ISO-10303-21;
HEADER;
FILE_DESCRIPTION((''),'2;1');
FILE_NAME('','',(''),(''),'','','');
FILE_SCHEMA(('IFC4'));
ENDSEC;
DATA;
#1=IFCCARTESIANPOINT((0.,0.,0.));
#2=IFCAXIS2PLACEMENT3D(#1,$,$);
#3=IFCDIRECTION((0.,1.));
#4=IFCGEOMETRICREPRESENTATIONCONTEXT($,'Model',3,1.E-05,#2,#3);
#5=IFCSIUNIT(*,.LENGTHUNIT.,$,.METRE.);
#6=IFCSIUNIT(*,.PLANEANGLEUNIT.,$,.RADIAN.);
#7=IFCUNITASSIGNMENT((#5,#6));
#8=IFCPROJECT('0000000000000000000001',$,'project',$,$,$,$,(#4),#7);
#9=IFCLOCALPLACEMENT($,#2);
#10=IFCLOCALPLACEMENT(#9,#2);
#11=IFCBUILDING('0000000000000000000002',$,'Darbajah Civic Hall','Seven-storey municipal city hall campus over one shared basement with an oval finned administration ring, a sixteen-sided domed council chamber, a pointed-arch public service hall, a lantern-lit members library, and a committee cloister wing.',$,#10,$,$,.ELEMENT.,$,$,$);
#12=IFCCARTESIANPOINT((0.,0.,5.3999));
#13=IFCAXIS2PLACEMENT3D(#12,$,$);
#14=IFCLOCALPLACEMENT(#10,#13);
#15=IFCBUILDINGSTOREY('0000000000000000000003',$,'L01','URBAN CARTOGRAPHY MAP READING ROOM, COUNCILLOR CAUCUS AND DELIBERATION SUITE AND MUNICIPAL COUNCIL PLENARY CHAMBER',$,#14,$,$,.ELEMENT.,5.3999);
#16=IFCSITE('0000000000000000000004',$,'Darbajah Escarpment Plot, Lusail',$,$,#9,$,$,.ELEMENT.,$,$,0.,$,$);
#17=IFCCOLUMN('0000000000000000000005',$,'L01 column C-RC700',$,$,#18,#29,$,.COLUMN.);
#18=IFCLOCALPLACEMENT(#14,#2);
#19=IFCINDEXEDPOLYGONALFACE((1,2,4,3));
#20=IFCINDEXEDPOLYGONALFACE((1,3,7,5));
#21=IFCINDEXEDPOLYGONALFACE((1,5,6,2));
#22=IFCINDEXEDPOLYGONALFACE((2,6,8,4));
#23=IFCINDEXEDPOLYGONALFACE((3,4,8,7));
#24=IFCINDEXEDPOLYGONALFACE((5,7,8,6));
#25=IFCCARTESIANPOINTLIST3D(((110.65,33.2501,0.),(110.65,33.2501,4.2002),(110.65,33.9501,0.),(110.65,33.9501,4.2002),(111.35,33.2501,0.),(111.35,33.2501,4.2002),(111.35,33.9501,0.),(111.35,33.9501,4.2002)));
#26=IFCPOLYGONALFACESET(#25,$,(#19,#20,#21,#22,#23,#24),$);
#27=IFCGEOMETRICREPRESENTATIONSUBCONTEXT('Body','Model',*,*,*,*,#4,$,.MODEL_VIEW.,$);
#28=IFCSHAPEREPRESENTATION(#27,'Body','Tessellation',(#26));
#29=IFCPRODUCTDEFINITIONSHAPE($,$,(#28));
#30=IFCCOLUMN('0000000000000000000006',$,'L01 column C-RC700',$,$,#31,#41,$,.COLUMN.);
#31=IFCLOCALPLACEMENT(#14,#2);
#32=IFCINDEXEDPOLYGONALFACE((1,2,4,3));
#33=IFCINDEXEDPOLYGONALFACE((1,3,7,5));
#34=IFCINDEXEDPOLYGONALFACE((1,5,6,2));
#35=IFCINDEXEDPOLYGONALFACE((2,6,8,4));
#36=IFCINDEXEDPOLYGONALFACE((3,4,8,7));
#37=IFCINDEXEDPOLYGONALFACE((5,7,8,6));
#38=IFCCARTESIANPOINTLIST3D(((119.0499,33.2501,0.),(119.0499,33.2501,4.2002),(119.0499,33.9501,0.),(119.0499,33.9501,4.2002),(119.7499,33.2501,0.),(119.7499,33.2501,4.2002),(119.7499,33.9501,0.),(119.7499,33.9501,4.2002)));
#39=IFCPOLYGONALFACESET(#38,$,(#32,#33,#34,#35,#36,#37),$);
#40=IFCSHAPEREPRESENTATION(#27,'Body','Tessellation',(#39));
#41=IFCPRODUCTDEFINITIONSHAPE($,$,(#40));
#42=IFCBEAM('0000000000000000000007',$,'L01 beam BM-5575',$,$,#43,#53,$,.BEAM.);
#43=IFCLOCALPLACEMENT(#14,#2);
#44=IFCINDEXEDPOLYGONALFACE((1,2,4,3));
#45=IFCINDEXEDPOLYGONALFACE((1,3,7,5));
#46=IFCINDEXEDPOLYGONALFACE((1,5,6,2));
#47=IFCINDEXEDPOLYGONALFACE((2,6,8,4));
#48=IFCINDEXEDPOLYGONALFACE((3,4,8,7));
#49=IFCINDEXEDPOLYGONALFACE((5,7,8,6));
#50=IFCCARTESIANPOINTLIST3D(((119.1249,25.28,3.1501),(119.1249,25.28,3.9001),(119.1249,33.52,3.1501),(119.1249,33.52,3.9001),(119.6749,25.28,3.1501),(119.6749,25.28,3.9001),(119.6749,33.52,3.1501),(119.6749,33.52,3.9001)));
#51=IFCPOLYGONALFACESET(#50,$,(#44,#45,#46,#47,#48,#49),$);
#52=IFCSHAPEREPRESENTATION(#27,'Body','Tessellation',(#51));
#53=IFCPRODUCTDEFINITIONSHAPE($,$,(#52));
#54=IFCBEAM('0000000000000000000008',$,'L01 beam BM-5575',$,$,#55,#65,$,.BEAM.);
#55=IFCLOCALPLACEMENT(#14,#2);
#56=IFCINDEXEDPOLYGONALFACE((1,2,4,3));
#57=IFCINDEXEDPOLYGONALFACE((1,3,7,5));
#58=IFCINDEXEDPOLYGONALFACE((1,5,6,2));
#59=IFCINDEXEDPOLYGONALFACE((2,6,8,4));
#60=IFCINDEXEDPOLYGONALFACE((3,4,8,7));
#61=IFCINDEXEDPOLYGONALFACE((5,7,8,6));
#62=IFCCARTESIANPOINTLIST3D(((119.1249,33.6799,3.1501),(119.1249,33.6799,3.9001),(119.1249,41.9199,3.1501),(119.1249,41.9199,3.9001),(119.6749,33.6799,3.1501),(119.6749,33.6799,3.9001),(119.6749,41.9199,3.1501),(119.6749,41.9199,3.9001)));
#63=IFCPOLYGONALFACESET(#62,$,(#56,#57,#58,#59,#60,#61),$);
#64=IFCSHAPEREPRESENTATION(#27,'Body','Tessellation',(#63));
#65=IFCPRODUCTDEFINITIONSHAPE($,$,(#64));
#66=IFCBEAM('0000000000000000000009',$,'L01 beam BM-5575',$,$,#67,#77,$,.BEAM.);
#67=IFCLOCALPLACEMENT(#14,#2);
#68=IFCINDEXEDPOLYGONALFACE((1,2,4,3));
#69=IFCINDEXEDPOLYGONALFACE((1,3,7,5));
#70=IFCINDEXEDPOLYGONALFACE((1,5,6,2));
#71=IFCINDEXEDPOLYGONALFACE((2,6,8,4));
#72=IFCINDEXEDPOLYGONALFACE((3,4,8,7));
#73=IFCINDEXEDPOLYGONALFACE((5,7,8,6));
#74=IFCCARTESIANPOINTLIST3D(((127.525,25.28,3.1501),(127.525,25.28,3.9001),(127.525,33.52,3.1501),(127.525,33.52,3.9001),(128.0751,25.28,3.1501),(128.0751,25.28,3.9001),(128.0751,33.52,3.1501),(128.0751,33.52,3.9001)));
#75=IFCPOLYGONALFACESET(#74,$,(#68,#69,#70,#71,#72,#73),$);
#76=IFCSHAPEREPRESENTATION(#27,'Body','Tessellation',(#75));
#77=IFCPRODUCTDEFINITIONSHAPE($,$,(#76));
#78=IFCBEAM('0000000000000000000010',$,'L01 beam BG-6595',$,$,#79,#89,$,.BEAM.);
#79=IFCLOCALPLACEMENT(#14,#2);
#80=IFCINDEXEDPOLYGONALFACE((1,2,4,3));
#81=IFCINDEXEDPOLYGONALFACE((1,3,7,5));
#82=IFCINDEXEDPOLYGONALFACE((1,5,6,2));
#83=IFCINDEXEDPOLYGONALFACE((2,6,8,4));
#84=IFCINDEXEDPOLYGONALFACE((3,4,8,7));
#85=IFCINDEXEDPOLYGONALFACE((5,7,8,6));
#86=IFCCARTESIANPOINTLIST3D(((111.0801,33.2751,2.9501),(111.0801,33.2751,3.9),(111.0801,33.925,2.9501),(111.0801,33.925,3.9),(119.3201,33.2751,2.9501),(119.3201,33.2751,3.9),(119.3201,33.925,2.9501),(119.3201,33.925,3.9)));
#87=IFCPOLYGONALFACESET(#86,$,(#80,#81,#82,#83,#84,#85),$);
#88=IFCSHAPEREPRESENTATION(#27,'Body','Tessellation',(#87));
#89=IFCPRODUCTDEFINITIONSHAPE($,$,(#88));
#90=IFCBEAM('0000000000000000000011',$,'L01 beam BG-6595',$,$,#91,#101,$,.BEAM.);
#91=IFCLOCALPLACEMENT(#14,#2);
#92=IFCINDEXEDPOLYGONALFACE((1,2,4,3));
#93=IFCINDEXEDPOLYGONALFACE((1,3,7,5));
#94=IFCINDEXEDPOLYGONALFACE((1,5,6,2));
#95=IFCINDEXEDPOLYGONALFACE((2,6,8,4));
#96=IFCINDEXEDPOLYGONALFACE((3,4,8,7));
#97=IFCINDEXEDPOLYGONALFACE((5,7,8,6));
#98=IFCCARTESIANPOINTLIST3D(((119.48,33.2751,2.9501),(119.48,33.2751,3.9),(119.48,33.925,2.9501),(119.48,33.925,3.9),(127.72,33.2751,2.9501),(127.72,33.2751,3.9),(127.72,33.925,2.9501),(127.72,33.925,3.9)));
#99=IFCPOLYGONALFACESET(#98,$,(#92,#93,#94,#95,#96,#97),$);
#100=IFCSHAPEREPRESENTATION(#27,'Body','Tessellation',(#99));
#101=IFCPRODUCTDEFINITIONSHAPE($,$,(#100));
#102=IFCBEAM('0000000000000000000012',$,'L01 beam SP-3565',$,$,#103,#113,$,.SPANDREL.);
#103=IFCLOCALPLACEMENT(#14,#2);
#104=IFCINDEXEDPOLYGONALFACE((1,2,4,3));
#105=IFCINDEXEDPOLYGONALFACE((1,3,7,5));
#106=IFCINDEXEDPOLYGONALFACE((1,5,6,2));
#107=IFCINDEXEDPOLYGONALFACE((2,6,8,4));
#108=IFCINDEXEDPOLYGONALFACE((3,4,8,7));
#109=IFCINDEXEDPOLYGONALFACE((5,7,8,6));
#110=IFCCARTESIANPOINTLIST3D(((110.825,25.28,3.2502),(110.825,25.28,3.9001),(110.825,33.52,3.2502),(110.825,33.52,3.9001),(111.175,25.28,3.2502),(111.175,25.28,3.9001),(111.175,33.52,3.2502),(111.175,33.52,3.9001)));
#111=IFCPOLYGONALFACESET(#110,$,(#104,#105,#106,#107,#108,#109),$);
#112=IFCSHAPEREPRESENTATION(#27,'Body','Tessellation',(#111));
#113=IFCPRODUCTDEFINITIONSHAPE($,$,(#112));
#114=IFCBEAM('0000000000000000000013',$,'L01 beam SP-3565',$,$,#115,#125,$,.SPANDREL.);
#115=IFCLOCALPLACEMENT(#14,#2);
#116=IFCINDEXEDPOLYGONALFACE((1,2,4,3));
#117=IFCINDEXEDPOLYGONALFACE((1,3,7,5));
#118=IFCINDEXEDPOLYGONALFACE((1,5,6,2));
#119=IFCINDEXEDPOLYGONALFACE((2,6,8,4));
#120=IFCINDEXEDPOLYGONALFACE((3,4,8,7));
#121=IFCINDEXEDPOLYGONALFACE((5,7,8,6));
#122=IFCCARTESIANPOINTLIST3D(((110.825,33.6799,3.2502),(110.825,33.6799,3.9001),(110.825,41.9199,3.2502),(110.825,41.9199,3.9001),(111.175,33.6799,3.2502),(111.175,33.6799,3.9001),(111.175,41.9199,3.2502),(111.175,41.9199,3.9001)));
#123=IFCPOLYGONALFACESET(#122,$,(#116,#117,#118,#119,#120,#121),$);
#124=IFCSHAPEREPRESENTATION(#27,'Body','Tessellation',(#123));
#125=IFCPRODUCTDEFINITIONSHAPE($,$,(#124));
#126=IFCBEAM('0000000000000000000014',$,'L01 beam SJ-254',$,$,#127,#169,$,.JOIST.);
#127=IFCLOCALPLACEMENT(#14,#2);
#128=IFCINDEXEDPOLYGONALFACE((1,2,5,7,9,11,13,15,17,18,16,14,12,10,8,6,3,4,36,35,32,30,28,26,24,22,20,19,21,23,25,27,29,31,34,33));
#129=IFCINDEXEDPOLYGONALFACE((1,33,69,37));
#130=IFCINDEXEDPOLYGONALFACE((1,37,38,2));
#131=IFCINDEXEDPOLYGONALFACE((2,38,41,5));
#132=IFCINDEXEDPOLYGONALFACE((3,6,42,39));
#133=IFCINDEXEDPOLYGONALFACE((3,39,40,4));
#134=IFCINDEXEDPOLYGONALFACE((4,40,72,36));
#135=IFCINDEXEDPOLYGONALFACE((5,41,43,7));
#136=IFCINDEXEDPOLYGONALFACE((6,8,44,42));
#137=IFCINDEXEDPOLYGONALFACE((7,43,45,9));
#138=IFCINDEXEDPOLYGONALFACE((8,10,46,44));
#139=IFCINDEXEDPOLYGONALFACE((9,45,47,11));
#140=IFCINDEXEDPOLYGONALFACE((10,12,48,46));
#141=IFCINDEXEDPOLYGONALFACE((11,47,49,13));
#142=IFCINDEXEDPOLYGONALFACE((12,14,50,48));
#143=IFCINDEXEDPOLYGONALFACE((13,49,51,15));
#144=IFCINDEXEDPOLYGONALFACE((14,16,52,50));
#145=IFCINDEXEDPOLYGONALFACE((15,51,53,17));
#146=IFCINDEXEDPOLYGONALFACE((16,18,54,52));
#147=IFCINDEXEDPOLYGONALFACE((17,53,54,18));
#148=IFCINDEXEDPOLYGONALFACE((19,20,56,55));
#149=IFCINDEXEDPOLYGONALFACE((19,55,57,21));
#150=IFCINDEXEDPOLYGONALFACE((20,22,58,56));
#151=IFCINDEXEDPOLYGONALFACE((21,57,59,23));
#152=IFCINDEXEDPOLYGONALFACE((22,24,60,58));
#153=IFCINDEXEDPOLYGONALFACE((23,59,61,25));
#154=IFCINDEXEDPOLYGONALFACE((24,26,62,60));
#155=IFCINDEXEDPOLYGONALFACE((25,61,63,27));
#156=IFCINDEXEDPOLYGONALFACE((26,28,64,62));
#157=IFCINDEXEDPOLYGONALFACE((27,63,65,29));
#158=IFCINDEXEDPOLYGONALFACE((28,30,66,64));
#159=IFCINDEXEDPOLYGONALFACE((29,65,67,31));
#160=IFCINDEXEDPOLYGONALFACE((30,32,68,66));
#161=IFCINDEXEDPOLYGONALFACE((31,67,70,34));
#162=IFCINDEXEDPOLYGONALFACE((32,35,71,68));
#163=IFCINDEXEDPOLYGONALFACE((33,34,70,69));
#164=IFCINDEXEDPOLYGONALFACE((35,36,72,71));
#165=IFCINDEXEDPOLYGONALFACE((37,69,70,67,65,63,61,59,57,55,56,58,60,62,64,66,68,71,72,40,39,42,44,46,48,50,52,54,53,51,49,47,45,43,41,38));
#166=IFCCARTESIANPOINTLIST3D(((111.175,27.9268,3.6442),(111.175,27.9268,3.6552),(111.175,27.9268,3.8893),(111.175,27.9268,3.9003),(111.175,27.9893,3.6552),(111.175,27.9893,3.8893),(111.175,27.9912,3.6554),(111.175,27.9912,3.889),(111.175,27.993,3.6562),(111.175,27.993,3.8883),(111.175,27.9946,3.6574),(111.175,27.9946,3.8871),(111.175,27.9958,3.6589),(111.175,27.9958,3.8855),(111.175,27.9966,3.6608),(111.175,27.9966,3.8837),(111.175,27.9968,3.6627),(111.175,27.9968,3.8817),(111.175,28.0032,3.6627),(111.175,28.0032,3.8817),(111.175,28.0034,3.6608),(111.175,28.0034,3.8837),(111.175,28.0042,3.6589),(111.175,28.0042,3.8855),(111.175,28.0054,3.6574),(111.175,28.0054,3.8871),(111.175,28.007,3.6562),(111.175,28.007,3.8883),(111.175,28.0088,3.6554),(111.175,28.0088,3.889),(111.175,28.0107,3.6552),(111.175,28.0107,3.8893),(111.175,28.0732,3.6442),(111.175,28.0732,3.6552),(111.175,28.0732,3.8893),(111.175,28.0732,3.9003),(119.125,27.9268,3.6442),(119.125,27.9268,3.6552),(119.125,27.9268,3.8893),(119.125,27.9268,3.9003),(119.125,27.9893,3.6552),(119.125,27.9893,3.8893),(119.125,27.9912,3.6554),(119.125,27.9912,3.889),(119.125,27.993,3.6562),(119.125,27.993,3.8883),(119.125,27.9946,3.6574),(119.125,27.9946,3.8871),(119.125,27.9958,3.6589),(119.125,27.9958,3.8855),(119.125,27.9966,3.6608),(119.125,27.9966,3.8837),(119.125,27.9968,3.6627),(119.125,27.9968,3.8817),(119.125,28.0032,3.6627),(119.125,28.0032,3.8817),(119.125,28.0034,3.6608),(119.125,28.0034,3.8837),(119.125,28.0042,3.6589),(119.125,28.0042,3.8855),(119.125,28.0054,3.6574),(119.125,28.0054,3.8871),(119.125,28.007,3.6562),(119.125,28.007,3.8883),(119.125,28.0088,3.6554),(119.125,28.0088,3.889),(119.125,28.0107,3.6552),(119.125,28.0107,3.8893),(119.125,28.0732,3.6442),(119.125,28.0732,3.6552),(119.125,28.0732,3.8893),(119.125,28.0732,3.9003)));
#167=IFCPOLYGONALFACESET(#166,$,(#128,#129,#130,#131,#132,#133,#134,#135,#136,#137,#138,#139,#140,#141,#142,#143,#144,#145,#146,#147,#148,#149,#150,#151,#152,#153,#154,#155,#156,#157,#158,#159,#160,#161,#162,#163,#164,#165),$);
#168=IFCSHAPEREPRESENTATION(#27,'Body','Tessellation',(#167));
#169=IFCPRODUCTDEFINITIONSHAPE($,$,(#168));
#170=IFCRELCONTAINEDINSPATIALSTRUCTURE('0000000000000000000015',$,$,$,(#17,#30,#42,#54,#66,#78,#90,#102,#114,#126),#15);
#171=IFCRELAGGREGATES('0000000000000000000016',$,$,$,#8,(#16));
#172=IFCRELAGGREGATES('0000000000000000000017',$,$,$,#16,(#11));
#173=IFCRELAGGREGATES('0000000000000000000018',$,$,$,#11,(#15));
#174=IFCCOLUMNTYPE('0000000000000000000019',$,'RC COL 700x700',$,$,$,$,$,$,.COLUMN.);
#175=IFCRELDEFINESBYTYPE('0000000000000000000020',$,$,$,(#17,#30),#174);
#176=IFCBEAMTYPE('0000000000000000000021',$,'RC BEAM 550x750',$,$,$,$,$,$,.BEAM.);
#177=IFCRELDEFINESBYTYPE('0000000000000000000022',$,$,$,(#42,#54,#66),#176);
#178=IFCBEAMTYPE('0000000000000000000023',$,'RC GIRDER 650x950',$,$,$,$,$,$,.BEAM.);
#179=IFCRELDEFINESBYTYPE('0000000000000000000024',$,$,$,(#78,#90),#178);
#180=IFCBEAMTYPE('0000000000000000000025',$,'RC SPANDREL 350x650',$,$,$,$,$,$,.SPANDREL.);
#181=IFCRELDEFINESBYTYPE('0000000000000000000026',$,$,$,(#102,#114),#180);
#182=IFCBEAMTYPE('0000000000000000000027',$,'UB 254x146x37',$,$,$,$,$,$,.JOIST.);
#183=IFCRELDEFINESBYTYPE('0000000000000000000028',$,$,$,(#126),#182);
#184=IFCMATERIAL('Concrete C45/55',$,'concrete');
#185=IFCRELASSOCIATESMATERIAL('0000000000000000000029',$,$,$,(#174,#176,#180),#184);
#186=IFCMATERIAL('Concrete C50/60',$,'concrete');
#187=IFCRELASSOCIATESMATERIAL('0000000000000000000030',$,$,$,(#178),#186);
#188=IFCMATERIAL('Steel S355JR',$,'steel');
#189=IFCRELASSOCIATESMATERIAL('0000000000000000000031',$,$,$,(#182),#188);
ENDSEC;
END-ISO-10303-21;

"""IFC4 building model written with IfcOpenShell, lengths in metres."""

from ifc_helpers import new_model, si_unit, direction, frame, origin, origin_2d, place, context, subcontext, project, spatial, rectangle, i_section, extrude, material, material_profile, profile_set, type_object, element, save


model = new_model("IFC4")

# Units and contexts
model_context = context("Model", 3, precision=1e-05, world=origin(), true_north=direction((0.0, 1.0)))
body_context = subcontext(model_context, "Body", "Model", "MODEL_VIEW")
ifc_project = project(units=[si_unit("LENGTHUNIT", "METRE"), si_unit("PLANEANGLEUNIT", "RADIAN")], contexts=[model_context])

# Site, building, storey
site_placement = place(None, origin())
site = spatial("IfcSite", under=ifc_project, at=site_placement, Name="Darbajah Escarpment Plot, Lusail", CompositionType="ELEMENT", RefElevation=0.0)
building_placement = place(site_placement, origin())
building = spatial("IfcBuilding", under=site, at=building_placement, Name="Darbajah Civic Hall", Description="Seven-storey municipal city hall campus over one shared basement with an oval finned administration ring, a sixteen-sided domed council chamber, a pointed-arch public service hall, a lantern-lit members library, and a committee cloister wing.", CompositionType="ELEMENT")
storey_placement = place(building_placement, frame((0.0, 0.0, 5.3999)))
storey = spatial("IfcBuildingStorey", under=building, at=storey_placement, Name="L01", Description="URBAN CARTOGRAPHY MAP READING ROOM, COUNCILLOR CAUCUS AND DELIBERATION SUITE AND MUNICIPAL COUNCIL PLENARY CHAMBER", CompositionType="ELEMENT", Elevation=5.3999)

# Columns
ifc_material_1 = material(Name="Concrete C45/55", Category="concrete")
ifc_material_profile_1 = material_profile(ifc_material_1, rectangle(XDim=0.7, YDim=0.7, at=origin_2d()), Name="RC COL 700x700")
ifc_profile_set_1 = profile_set([ifc_material_profile_1], Name="Concrete C45/55")
column_type = type_object("IfcColumnType", Name="RC COL 700x700", PredefinedType="COLUMN", material=ifc_profile_set_1)
for number, where, z_axis, x_axis, name in (
    (1, (111.0, 33.6001, 0.0), (0.0, 0.0, 1.0), (1.0, 0.0, 0.0), "L01 column C-RC700"),
    (2, (119.3999, 33.6001, 0.0), (0.0, 0.0, 1.0), (1.0, 0.0, 0.0), "L01 column C-RC700"),
):
    element("IfcColumn", number, at=place(storey_placement, frame(where, z_axis=z_axis, x_axis=x_axis)), inside=storey, type_object=column_type, Name=name, PredefinedType="COLUMN", context=body_context, shape_type="SweptSolid", body=[
        extrude(rectangle(XDim=0.7, YDim=0.7, at=origin_2d()), origin(), (0.0, 0.0, 1.0), 4.2002),
    ])

# Beams
ifc_material_profile_2 = material_profile(ifc_material_1, rectangle(XDim=0.55, YDim=0.75, at=origin_2d()), Name="RC BEAM 550x750")
ifc_profile_set_2 = profile_set([ifc_material_profile_2], Name="Concrete C45/55")
beam_type_1 = type_object("IfcBeamType", Name="RC BEAM 550x750", PredefinedType="BEAM", material=ifc_profile_set_2)
for number, where, z_axis, x_axis, name in (
    (3, (119.3999, 25.28, 3.5251), (0.0, 1.0, 0.0), (-1.0, 0.0, 0.0), "L01 beam BM-5575"),
    (4, (119.3999, 33.6799, 3.5251), (0.0, 1.0, 0.0), (-1.0, 0.0, 0.0), "L01 beam BM-5575"),
    (5, (127.8, 25.28, 3.5251), (0.0, 1.0, 0.0), (-1.0, 0.0, 0.0), "L01 beam BM-5575"),
):
    element("IfcBeam", number, at=place(storey_placement, frame(where, z_axis=z_axis, x_axis=x_axis)), inside=storey, type_object=beam_type_1, Name=name, PredefinedType="BEAM", context=body_context, shape_type="SweptSolid", body=[
        extrude(rectangle(XDim=0.55, YDim=0.75, at=origin_2d()), origin(), (0.0, 0.0, 1.0), 8.24),
    ])
ifc_material_2 = material(Name="Concrete C50/60", Category="concrete")
ifc_material_profile_3 = material_profile(ifc_material_2, rectangle(XDim=0.6499, YDim=0.95, at=origin_2d()), Name="RC GIRDER 650x950")
ifc_profile_set_3 = profile_set([ifc_material_profile_3], Name="Concrete C50/60")
beam_type_2 = type_object("IfcBeamType", Name="RC GIRDER 650x950", PredefinedType="BEAM", material=ifc_profile_set_3)
for number, where, z_axis, x_axis, name in (
    (6, (111.0801, 33.6001, 3.425), (1.0, 0.0, 0.0), (0.0, 1.0, 0.0), "L01 beam BG-6595"),
    (7, (119.48, 33.6001, 3.425), (1.0, 0.0, 0.0), (0.0, 1.0, 0.0), "L01 beam BG-6595"),
):
    element("IfcBeam", number, at=place(storey_placement, frame(where, z_axis=z_axis, x_axis=x_axis)), inside=storey, type_object=beam_type_2, Name=name, PredefinedType="BEAM", context=body_context, shape_type="SweptSolid", body=[
        extrude(rectangle(XDim=0.6499, YDim=0.95, at=origin_2d()), origin(), (0.0, 0.0, 1.0), 8.24),
    ])
ifc_material_profile_4 = material_profile(ifc_material_1, rectangle(XDim=0.3501, YDim=0.6499, at=origin_2d()), Name="RC SPANDREL 350x650")
ifc_profile_set_4 = profile_set([ifc_material_profile_4], Name="Concrete C45/55")
beam_type_3 = type_object("IfcBeamType", Name="RC SPANDREL 350x650", PredefinedType="SPANDREL", material=ifc_profile_set_4)
for number, where, z_axis, x_axis, name in (
    (8, (111.0, 25.28, 3.5752), (0.0, 1.0, 0.0), (-1.0, 0.0, 0.0), "L01 beam SP-3565"),
    (9, (111.0, 33.6799, 3.5752), (0.0, 1.0, 0.0), (-1.0, 0.0, 0.0), "L01 beam SP-3565"),
):
    element("IfcBeam", number, at=place(storey_placement, frame(where, z_axis=z_axis, x_axis=x_axis)), inside=storey, type_object=beam_type_3, Name=name, PredefinedType="SPANDREL", context=body_context, shape_type="SweptSolid", body=[
        extrude(rectangle(XDim=0.3501, YDim=0.6499, at=origin_2d()), origin(), (0.0, 0.0, 1.0), 8.24),
    ])
ifc_material_3 = material(Name="Steel S355JR", Category="steel")
ifc_material_profile_5 = material_profile(ifc_material_3, i_section(OverallWidth=0.1465, OverallDepth=0.2561, WebThickness=0.0063, FlangeThickness=0.011, FilletRadius=0.0076, at=origin_2d()), Name="UB 254x146x37")
ifc_profile_set_5 = profile_set([ifc_material_profile_5], Name="Steel S355JR")
beam_type_4 = type_object("IfcBeamType", Name="UB 254x146x37", PredefinedType="JOIST", material=ifc_profile_set_5)
for number, where, z_axis, x_axis, name in (
    (10, (111.175, 28.0, 3.7722), (1.0, 0.0, 0.0), (0.0, 1.0, 0.0), "L01 beam SJ-254"),
):
    element("IfcBeam", number, at=place(storey_placement, frame(where, z_axis=z_axis, x_axis=x_axis)), inside=storey, type_object=beam_type_4, Name=name, PredefinedType="JOIST", context=body_context, shape_type="SweptSolid", body=[
        extrude(i_section(OverallWidth=0.1465, OverallDepth=0.2561, WebThickness=0.0063, FlangeThickness=0.011, FilletRadius=0.0076, at=origin_2d()), origin(), (0.0, 0.0, 1.0), 7.95),
    ])

save(model, "model.ifc")
